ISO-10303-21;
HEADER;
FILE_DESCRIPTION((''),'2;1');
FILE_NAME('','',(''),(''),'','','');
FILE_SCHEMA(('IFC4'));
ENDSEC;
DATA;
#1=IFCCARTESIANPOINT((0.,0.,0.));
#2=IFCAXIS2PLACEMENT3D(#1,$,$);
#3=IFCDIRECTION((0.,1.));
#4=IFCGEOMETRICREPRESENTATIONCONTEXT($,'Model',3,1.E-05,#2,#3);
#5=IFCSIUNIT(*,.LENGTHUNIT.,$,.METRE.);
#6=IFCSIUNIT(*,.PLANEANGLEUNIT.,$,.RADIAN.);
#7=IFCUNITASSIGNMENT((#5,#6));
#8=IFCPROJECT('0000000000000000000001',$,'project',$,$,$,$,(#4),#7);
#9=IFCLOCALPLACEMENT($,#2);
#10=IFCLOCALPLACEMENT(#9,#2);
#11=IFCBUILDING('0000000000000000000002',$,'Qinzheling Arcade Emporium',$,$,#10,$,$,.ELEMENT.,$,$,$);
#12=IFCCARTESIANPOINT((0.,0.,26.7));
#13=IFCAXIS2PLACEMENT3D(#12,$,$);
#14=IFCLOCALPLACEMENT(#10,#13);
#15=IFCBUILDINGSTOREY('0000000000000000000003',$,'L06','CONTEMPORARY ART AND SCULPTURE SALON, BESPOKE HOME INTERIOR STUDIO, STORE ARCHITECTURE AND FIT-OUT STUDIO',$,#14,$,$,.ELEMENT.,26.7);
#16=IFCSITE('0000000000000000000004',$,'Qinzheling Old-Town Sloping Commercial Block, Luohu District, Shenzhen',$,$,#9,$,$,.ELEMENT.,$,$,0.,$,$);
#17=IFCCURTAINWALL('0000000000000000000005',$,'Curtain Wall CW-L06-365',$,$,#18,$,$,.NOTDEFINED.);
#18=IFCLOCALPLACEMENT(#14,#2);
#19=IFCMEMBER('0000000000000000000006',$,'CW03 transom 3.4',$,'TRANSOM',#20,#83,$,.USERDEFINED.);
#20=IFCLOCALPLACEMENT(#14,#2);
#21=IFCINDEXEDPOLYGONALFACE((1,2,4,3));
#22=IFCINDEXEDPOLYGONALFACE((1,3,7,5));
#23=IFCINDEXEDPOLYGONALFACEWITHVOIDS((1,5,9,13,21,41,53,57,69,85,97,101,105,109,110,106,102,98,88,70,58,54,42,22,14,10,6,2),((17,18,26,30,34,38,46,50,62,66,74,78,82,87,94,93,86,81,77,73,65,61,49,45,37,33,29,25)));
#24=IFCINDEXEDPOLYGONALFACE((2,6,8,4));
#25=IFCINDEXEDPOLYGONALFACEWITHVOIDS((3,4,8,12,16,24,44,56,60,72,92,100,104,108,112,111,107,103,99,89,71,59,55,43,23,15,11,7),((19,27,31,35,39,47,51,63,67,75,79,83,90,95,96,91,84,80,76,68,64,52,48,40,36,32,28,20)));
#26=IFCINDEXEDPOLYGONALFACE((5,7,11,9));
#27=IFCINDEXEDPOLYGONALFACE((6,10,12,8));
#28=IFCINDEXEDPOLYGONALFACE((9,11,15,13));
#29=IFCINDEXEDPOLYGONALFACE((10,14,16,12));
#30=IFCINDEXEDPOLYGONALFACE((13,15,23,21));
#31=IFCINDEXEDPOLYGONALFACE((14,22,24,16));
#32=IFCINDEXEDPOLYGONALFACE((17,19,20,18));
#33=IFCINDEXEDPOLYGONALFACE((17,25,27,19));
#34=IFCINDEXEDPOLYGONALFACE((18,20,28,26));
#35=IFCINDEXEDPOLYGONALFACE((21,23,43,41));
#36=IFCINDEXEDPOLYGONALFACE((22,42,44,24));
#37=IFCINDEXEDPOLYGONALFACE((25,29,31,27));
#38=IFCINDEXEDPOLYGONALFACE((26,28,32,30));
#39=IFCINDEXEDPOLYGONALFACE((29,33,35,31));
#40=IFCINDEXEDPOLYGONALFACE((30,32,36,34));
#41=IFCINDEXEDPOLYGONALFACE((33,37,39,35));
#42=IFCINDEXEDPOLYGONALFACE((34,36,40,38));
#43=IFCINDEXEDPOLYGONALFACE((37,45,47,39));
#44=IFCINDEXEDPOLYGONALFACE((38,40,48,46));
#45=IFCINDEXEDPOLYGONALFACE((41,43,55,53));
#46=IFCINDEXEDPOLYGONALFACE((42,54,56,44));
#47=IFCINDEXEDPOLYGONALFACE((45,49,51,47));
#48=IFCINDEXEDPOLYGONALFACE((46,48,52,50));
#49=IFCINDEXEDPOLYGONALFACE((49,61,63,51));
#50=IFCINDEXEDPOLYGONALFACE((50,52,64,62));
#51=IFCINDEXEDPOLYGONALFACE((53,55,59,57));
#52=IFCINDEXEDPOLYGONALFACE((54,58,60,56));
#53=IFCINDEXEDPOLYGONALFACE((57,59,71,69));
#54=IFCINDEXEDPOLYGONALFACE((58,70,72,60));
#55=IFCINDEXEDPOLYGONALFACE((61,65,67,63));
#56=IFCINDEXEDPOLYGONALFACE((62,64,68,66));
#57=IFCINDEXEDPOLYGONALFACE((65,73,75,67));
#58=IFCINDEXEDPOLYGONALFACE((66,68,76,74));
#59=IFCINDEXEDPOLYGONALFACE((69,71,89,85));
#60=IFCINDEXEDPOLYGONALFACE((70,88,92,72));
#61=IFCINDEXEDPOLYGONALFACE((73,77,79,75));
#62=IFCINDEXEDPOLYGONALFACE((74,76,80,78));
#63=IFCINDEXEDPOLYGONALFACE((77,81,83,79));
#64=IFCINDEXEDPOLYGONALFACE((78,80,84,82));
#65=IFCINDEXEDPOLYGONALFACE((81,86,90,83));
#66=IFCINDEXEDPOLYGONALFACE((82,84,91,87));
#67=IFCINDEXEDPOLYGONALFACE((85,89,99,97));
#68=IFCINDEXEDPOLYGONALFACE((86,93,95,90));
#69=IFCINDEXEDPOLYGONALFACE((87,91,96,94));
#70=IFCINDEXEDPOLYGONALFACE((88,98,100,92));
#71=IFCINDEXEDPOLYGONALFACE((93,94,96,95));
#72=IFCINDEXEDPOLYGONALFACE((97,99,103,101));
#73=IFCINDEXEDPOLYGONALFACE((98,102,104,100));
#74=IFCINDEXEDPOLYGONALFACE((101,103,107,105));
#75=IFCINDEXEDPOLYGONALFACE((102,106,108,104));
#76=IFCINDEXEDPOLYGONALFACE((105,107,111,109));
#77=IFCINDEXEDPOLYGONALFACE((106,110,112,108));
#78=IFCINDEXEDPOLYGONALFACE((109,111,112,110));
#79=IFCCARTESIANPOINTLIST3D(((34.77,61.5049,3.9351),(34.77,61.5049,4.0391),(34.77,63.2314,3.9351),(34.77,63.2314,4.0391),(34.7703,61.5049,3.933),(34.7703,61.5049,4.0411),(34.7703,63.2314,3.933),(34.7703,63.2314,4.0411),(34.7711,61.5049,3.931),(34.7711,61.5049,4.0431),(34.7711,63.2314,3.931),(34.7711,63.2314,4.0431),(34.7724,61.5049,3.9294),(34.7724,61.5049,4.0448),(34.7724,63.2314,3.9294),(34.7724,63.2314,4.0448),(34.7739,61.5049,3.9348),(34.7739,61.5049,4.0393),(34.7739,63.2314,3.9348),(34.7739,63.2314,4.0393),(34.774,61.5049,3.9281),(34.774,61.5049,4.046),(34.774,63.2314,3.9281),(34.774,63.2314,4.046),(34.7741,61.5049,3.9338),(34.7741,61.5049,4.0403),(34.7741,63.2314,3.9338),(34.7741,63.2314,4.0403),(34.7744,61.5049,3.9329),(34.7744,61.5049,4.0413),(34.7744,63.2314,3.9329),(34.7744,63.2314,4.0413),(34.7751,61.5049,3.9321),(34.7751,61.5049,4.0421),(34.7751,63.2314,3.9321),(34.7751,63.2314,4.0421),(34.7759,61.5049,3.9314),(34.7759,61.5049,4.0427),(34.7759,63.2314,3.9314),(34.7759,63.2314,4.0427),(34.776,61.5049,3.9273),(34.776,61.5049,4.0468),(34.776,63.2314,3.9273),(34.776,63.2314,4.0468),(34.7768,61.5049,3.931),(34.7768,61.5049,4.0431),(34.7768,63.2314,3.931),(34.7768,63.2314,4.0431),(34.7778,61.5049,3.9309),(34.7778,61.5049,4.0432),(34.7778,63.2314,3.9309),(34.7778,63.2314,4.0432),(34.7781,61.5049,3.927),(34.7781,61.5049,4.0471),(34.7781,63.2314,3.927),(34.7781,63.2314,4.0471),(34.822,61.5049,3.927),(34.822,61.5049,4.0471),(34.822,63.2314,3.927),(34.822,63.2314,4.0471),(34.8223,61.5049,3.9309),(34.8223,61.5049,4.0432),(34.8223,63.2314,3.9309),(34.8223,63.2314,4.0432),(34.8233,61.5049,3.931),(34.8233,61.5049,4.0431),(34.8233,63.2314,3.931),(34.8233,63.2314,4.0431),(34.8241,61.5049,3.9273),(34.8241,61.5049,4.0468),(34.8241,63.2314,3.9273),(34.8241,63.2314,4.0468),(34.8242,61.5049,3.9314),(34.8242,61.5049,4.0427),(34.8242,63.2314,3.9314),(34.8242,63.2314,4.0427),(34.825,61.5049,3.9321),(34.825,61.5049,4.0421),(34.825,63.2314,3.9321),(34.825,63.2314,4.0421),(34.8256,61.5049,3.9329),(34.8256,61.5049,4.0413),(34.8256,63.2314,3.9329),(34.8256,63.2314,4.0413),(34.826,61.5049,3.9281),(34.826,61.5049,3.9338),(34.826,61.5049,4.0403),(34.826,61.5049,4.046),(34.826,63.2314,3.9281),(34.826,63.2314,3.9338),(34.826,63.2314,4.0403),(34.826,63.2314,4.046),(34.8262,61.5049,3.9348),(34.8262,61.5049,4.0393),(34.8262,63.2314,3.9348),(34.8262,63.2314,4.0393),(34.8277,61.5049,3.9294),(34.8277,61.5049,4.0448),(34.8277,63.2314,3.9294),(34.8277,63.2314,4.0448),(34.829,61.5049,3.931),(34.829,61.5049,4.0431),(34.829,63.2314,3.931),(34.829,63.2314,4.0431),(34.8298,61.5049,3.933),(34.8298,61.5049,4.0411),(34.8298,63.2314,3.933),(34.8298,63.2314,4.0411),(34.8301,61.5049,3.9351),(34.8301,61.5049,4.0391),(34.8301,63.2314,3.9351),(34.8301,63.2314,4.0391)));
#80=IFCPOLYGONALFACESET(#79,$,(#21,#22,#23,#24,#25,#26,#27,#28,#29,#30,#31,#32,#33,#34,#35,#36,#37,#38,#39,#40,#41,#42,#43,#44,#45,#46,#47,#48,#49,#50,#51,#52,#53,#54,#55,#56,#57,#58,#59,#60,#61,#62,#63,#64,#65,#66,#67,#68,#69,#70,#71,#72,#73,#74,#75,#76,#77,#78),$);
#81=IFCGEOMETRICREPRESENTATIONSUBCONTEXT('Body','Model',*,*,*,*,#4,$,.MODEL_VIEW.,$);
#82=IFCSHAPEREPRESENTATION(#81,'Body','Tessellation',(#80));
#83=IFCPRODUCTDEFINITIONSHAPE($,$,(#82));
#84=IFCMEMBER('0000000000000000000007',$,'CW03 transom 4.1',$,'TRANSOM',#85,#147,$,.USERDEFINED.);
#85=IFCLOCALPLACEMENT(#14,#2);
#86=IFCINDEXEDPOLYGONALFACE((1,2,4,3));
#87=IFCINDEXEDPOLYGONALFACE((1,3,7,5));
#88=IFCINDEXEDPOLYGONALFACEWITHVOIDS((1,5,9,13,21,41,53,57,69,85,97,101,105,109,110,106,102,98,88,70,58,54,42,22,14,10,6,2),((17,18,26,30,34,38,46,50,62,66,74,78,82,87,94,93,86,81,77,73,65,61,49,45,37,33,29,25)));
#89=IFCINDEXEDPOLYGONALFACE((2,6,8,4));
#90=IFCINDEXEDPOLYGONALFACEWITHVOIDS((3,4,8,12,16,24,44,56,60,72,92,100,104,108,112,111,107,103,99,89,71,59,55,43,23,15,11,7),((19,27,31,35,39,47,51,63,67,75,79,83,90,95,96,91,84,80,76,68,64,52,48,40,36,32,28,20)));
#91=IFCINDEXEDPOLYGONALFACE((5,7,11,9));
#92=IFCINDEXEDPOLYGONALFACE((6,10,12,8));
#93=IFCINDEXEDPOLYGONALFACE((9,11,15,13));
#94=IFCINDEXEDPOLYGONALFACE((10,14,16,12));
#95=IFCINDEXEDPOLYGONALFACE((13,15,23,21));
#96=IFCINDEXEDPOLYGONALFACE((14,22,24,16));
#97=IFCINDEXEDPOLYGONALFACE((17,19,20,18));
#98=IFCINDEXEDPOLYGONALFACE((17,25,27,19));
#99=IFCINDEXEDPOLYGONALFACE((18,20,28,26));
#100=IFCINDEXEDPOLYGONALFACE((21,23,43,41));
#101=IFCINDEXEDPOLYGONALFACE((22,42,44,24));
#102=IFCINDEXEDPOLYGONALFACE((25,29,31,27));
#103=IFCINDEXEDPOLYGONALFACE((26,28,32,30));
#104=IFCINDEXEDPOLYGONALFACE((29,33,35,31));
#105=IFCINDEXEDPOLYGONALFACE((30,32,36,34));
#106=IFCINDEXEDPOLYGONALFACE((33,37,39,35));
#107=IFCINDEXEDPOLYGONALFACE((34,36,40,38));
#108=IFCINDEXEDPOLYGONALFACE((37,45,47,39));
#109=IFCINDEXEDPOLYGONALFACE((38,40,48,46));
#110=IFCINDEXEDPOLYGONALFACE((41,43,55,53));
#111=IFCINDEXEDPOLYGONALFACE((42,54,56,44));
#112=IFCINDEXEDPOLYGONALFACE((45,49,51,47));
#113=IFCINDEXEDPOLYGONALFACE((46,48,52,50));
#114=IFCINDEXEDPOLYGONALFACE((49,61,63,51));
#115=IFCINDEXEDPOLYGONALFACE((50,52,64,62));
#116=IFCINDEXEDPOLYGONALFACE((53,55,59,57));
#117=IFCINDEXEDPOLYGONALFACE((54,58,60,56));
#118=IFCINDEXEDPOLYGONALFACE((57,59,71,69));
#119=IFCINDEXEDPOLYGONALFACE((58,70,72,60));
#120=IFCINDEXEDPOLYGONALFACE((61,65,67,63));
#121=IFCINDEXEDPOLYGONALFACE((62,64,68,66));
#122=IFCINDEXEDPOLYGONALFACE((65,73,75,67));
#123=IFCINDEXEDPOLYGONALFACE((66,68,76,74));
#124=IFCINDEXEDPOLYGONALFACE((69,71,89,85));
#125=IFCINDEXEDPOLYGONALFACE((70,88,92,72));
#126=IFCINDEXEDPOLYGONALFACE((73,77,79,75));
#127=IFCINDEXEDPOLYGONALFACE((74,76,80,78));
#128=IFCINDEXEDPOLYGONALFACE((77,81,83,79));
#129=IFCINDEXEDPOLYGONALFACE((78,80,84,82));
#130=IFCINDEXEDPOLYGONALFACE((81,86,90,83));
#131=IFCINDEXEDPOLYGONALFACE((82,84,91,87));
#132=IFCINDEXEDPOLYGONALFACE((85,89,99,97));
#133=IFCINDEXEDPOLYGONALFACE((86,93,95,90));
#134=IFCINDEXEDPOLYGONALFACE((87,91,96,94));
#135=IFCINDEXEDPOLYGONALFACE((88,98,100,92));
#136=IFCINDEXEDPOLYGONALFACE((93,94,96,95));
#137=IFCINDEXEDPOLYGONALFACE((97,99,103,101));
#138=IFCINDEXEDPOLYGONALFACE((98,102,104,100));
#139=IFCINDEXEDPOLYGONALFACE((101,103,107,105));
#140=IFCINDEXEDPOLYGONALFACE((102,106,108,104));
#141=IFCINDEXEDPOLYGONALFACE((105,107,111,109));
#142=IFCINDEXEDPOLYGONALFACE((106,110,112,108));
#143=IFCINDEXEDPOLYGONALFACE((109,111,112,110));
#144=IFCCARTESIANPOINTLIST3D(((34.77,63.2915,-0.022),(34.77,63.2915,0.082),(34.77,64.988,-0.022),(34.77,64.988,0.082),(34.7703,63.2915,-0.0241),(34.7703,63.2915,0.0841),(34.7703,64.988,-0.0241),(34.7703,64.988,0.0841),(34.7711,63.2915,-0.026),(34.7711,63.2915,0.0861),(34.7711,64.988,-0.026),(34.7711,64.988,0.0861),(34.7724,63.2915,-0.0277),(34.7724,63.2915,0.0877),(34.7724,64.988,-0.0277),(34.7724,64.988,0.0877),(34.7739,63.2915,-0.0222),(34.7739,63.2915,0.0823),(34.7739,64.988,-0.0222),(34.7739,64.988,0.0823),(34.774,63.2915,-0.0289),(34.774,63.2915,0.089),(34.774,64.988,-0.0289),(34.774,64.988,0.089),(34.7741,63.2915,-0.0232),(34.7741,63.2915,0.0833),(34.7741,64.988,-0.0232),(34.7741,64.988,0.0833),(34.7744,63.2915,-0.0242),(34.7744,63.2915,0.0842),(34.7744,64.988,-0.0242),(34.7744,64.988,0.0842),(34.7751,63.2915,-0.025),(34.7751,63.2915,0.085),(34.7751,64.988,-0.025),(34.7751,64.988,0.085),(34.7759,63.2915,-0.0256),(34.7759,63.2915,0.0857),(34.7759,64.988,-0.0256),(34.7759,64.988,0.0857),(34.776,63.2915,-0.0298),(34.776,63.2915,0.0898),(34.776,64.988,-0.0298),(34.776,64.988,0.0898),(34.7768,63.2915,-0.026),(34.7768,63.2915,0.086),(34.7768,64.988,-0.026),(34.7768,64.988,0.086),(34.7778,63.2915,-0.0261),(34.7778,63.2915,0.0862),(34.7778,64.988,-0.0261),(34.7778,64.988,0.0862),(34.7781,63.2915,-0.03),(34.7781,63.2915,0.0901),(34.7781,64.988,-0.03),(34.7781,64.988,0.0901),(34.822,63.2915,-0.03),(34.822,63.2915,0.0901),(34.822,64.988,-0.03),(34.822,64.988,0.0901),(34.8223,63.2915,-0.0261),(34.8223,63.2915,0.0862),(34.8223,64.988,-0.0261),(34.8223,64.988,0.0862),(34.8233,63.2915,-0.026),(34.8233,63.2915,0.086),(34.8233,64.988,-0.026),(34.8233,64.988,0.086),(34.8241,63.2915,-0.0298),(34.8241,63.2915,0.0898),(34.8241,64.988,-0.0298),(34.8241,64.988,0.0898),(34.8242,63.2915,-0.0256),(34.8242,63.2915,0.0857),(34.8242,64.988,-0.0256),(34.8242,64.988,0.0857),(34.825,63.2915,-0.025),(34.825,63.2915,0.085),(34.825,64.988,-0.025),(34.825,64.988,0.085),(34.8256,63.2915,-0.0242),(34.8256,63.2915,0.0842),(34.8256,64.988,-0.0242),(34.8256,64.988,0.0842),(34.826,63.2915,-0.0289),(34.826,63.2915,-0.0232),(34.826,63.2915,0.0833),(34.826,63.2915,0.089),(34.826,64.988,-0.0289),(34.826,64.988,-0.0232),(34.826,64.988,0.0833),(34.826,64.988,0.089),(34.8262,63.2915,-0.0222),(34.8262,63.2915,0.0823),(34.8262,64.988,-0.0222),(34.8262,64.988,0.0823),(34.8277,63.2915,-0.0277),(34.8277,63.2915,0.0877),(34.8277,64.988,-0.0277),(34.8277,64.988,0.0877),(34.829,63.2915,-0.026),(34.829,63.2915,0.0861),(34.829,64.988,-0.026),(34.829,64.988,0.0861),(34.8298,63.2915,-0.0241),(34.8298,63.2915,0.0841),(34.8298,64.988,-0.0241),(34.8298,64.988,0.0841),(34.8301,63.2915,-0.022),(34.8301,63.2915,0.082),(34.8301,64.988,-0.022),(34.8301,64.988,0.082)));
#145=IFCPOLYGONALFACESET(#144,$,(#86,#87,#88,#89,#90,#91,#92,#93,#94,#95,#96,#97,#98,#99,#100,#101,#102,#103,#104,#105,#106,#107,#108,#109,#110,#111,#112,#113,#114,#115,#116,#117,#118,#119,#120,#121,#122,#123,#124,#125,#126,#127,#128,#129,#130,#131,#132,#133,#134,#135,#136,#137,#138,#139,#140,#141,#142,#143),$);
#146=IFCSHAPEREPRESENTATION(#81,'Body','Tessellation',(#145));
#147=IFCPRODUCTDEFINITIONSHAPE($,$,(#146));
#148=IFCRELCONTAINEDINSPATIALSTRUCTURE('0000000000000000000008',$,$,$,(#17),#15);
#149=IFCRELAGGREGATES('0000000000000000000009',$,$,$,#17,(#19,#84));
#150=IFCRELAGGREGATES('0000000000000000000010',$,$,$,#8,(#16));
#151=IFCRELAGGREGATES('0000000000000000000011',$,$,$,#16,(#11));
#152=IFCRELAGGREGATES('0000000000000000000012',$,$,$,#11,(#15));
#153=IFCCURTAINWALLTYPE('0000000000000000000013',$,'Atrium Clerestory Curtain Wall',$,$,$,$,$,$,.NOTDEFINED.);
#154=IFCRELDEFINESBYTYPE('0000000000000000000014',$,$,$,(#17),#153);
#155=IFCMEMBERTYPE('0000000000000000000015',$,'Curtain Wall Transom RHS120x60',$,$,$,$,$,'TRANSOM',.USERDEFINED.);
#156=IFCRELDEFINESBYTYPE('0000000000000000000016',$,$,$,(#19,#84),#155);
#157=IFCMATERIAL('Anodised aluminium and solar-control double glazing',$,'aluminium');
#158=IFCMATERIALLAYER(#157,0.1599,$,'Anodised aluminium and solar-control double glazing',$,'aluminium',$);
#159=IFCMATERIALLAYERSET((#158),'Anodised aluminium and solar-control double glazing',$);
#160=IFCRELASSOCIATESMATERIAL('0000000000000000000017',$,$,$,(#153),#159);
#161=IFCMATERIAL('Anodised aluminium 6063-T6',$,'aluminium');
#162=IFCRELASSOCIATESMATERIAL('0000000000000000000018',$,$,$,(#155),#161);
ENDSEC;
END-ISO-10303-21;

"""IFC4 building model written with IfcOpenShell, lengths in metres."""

from ifc_helpers import new_model, si_unit, direction, frame, origin, origin_2d, place, context, subcontext, project, spatial, hollow_rectangle, extrude, material, layer, layer_set, material_profile, profile_set, type_object, element, aggregate, save


model = new_model("IFC4")

# Units and contexts
model_context = context("Model", 3, precision=1e-05, world=origin(), true_north=direction((0.0, 1.0)))
body_context = subcontext(model_context, "Body", "Model", "MODEL_VIEW")
ifc_project = project(units=[si_unit("LENGTHUNIT", "METRE"), si_unit("PLANEANGLEUNIT", "RADIAN")], contexts=[model_context])

# Site, building, storey
site_placement = place(None, origin())
site = spatial("IfcSite", under=ifc_project, at=site_placement, Name="Qinzheling Old-Town Sloping Commercial Block, Luohu District, Shenzhen", CompositionType="ELEMENT", RefElevation=0.0)
building_placement = place(site_placement, origin())
building = spatial("IfcBuilding", under=site, at=building_placement, Name="Qinzheling Arcade Emporium", CompositionType="ELEMENT")
storey_placement = place(building_placement, frame((0.0, 0.0, 26.7)))
storey = spatial("IfcBuildingStorey", under=building, at=storey_placement, Name="L06", Description="CONTEMPORARY ART AND SCULPTURE SALON, BESPOKE HOME INTERIOR STUDIO, STORE ARCHITECTURE AND FIT-OUT STUDIO", CompositionType="ELEMENT", Elevation=26.7)

# Curtain wall, members
ifc_material_1 = material(Name="Anodised aluminium and solar-control double glazing", Category="aluminium")
ifc_layer_1 = layer(ifc_material_1, 0.1599, Name="Anodised aluminium and solar-control double glazing", Category="aluminium")
ifc_layer_set_1 = layer_set([ifc_layer_1], Name="Anodised aluminium and solar-control double glazing")
curtain_wall_type = type_object("IfcCurtainWallType", Name="Atrium Clerestory Curtain Wall", PredefinedType="NOTDEFINED", material=ifc_layer_set_1)
curtain_wall_placement = place(storey_placement, origin())
curtain_wall = element("IfcCurtainWall", 1, at=curtain_wall_placement, inside=storey, type_object=curtain_wall_type, Name="Curtain Wall CW-L06-365", PredefinedType="NOTDEFINED")
ifc_material_2 = material(Name="Anodised aluminium 6063-T6", Category="aluminium")
ifc_material_profile_1 = material_profile(ifc_material_2, hollow_rectangle(XDim=0.0601, YDim=0.1201, WallThickness=0.0039, InnerFilletRadius=0.0039, OuterFilletRadius=0.0081, at=origin_2d()), Name="RHS 120x60x4", Category="aluminium")
ifc_profile_set_1 = profile_set([ifc_material_profile_1], Name="Anodised aluminium 6063-T6")
member_type_1 = type_object("IfcMemberType", Name="Curtain Wall Transom RHS120x60", ElementType="TRANSOM", PredefinedType="USERDEFINED", material=ifc_profile_set_1)
member_1_placement = place(storey_placement, frame((34.8, 61.5049, 3.9871), z_axis=(0.0, 1.0, 0.0), x_axis=(-1.0, 0.0, 0.0)))
member_1 = element("IfcMember", 2, at=member_1_placement, type_object=member_type_1, Name="CW03 transom 3.4", ObjectType="TRANSOM", PredefinedType="USERDEFINED", context=body_context, shape_type="SweptSolid", body=[
    extrude(hollow_rectangle(XDim=0.0601, YDim=0.1201, WallThickness=0.0039, InnerFilletRadius=0.0039, OuterFilletRadius=0.0081, at=origin_2d()), origin(), (0.0, 0.0, 1.0), 1.7266),
])
member_2_placement = place(storey_placement, frame((34.8, 63.2915, 0.03), z_axis=(0.0, 1.0, 0.0), x_axis=(-1.0, 0.0, 0.0)))
member_2 = element("IfcMember", 3, at=member_2_placement, type_object=member_type_1, Name="CW03 transom 4.1", ObjectType="TRANSOM", PredefinedType="USERDEFINED", context=body_context, shape_type="SweptSolid", body=[
    extrude(hollow_rectangle(XDim=0.0601, YDim=0.1201, WallThickness=0.0039, InnerFilletRadius=0.0039, OuterFilletRadius=0.0081, at=origin_2d()), origin(), (0.0, 0.0, 1.0), 1.6965),
])

aggregate(curtain_wall, [member_1, member_2])

save(model, "model.ifc")
